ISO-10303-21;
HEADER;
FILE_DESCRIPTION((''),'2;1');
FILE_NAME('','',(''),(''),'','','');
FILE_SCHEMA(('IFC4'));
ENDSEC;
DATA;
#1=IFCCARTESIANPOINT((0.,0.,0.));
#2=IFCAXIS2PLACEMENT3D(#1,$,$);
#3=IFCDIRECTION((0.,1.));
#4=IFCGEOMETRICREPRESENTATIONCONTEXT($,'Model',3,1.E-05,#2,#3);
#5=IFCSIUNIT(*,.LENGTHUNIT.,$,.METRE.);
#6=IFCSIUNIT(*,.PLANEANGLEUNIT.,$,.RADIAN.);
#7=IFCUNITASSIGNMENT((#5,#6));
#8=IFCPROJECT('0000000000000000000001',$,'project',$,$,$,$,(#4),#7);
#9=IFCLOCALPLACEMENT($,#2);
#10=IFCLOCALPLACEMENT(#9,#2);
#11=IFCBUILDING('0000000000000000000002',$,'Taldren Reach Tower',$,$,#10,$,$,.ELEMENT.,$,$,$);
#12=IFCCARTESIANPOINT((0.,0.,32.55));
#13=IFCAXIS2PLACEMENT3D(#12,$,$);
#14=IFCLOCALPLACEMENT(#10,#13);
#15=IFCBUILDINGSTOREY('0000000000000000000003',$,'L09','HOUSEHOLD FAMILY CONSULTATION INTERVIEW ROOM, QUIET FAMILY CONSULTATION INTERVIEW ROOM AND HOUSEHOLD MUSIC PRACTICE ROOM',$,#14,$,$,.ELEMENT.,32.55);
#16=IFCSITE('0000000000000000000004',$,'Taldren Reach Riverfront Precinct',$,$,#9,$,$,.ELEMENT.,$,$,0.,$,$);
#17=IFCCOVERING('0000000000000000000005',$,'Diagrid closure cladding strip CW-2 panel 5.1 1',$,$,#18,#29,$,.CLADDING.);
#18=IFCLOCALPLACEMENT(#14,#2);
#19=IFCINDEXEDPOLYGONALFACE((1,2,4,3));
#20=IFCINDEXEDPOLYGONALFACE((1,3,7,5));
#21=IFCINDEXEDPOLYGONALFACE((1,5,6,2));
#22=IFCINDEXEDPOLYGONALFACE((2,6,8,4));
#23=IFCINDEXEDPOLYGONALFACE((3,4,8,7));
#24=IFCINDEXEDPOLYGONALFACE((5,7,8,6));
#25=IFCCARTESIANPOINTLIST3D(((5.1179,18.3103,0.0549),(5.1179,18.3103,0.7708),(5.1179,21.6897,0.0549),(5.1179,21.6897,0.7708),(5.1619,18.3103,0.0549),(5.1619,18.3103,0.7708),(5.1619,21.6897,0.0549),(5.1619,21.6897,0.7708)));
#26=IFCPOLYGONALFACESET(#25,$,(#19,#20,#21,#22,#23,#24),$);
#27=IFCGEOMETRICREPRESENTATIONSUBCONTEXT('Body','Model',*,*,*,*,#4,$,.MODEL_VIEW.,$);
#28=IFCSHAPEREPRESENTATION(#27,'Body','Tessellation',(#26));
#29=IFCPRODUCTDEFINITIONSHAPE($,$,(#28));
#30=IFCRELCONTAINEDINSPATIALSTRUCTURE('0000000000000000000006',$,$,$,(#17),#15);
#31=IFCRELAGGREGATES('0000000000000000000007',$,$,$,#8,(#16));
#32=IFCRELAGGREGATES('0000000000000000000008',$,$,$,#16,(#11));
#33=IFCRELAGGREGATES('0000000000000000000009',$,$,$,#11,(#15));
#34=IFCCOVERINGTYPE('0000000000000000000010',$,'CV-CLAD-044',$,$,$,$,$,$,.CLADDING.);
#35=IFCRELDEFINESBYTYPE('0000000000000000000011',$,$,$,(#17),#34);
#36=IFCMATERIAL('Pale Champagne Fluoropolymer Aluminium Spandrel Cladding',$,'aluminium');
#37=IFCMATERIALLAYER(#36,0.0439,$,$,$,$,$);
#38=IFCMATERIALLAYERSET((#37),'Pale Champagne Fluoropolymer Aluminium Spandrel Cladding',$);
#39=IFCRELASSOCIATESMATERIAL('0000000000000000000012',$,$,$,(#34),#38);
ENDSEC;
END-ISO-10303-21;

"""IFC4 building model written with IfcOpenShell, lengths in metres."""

from ifc_helpers import new_model, si_unit, direction, frame, origin, origin_2d, place, context, subcontext, project, spatial, rectangle, extrude, source, transform, mapped, material, layer, layer_set, type_object, element, save


model = new_model("IFC4")

# Units and contexts
model_context = context("Model", 3, precision=1e-05, world=origin(), true_north=direction((0.0, 1.0)))
body_context = subcontext(model_context, "Body", "Model", "MODEL_VIEW")
ifc_project = project(units=[si_unit("LENGTHUNIT", "METRE"), si_unit("PLANEANGLEUNIT", "RADIAN")], contexts=[model_context])

# Site, building, storey
site_placement = place(None, origin())
site = spatial("IfcSite", under=ifc_project, at=site_placement, Name="Taldren Reach Riverfront Precinct", CompositionType="ELEMENT", RefElevation=0.0)
building_placement = place(site_placement, origin())
building = spatial("IfcBuilding", under=site, at=building_placement, Name="Taldren Reach Tower", CompositionType="ELEMENT")
storey_placement = place(building_placement, frame((0.0, 0.0, 32.55)))
storey = spatial("IfcBuildingStorey", under=building, at=storey_placement, Name="L09", Description="HOUSEHOLD FAMILY CONSULTATION INTERVIEW ROOM, QUIET FAMILY CONSULTATION INTERVIEW ROOM AND HOUSEHOLD MUSIC PRACTICE ROOM", CompositionType="ELEMENT", Elevation=32.55)

# Covering
ifc_material_1 = material(Name="Pale Champagne Fluoropolymer Aluminium Spandrel Cladding", Category="aluminium")
ifc_layer_1 = layer(ifc_material_1, 0.0439)
ifc_layer_set_1 = layer_set([ifc_layer_1], Name="Pale Champagne Fluoropolymer Aluminium Spandrel Cladding")
covering_type = type_object("IfcCoveringType", Name="CV-CLAD-044", PredefinedType="CLADDING", material=ifc_layer_set_1)
shared_shape_1 = source(origin(), body_context, "Body", "SweptSolid", [
    extrude(rectangle(XDim=3.3794, YDim=0.0439, at=origin_2d()), origin(), (0.0, 0.0, 1.0), 0.7158),
])
covering_1_placement = place(storey_placement, frame((5.1399, 20.0, 0.0549), z_axis=(0.0, 0.0, 1.0), x_axis=(0.0, -1.0, 0.0)))
element("IfcCovering", 1, at=covering_1_placement, inside=storey, type_object=covering_type, Name="Diagrid closure cladding strip CW-2 panel 5.1 1", PredefinedType="CLADDING", context=body_context, shape_type="MappedRepresentation", body=[
    mapped(shared_shape_1, transform((0.0, 0.0, 0.0), scale=1.0)),
])

save(model, "model.ifc")
